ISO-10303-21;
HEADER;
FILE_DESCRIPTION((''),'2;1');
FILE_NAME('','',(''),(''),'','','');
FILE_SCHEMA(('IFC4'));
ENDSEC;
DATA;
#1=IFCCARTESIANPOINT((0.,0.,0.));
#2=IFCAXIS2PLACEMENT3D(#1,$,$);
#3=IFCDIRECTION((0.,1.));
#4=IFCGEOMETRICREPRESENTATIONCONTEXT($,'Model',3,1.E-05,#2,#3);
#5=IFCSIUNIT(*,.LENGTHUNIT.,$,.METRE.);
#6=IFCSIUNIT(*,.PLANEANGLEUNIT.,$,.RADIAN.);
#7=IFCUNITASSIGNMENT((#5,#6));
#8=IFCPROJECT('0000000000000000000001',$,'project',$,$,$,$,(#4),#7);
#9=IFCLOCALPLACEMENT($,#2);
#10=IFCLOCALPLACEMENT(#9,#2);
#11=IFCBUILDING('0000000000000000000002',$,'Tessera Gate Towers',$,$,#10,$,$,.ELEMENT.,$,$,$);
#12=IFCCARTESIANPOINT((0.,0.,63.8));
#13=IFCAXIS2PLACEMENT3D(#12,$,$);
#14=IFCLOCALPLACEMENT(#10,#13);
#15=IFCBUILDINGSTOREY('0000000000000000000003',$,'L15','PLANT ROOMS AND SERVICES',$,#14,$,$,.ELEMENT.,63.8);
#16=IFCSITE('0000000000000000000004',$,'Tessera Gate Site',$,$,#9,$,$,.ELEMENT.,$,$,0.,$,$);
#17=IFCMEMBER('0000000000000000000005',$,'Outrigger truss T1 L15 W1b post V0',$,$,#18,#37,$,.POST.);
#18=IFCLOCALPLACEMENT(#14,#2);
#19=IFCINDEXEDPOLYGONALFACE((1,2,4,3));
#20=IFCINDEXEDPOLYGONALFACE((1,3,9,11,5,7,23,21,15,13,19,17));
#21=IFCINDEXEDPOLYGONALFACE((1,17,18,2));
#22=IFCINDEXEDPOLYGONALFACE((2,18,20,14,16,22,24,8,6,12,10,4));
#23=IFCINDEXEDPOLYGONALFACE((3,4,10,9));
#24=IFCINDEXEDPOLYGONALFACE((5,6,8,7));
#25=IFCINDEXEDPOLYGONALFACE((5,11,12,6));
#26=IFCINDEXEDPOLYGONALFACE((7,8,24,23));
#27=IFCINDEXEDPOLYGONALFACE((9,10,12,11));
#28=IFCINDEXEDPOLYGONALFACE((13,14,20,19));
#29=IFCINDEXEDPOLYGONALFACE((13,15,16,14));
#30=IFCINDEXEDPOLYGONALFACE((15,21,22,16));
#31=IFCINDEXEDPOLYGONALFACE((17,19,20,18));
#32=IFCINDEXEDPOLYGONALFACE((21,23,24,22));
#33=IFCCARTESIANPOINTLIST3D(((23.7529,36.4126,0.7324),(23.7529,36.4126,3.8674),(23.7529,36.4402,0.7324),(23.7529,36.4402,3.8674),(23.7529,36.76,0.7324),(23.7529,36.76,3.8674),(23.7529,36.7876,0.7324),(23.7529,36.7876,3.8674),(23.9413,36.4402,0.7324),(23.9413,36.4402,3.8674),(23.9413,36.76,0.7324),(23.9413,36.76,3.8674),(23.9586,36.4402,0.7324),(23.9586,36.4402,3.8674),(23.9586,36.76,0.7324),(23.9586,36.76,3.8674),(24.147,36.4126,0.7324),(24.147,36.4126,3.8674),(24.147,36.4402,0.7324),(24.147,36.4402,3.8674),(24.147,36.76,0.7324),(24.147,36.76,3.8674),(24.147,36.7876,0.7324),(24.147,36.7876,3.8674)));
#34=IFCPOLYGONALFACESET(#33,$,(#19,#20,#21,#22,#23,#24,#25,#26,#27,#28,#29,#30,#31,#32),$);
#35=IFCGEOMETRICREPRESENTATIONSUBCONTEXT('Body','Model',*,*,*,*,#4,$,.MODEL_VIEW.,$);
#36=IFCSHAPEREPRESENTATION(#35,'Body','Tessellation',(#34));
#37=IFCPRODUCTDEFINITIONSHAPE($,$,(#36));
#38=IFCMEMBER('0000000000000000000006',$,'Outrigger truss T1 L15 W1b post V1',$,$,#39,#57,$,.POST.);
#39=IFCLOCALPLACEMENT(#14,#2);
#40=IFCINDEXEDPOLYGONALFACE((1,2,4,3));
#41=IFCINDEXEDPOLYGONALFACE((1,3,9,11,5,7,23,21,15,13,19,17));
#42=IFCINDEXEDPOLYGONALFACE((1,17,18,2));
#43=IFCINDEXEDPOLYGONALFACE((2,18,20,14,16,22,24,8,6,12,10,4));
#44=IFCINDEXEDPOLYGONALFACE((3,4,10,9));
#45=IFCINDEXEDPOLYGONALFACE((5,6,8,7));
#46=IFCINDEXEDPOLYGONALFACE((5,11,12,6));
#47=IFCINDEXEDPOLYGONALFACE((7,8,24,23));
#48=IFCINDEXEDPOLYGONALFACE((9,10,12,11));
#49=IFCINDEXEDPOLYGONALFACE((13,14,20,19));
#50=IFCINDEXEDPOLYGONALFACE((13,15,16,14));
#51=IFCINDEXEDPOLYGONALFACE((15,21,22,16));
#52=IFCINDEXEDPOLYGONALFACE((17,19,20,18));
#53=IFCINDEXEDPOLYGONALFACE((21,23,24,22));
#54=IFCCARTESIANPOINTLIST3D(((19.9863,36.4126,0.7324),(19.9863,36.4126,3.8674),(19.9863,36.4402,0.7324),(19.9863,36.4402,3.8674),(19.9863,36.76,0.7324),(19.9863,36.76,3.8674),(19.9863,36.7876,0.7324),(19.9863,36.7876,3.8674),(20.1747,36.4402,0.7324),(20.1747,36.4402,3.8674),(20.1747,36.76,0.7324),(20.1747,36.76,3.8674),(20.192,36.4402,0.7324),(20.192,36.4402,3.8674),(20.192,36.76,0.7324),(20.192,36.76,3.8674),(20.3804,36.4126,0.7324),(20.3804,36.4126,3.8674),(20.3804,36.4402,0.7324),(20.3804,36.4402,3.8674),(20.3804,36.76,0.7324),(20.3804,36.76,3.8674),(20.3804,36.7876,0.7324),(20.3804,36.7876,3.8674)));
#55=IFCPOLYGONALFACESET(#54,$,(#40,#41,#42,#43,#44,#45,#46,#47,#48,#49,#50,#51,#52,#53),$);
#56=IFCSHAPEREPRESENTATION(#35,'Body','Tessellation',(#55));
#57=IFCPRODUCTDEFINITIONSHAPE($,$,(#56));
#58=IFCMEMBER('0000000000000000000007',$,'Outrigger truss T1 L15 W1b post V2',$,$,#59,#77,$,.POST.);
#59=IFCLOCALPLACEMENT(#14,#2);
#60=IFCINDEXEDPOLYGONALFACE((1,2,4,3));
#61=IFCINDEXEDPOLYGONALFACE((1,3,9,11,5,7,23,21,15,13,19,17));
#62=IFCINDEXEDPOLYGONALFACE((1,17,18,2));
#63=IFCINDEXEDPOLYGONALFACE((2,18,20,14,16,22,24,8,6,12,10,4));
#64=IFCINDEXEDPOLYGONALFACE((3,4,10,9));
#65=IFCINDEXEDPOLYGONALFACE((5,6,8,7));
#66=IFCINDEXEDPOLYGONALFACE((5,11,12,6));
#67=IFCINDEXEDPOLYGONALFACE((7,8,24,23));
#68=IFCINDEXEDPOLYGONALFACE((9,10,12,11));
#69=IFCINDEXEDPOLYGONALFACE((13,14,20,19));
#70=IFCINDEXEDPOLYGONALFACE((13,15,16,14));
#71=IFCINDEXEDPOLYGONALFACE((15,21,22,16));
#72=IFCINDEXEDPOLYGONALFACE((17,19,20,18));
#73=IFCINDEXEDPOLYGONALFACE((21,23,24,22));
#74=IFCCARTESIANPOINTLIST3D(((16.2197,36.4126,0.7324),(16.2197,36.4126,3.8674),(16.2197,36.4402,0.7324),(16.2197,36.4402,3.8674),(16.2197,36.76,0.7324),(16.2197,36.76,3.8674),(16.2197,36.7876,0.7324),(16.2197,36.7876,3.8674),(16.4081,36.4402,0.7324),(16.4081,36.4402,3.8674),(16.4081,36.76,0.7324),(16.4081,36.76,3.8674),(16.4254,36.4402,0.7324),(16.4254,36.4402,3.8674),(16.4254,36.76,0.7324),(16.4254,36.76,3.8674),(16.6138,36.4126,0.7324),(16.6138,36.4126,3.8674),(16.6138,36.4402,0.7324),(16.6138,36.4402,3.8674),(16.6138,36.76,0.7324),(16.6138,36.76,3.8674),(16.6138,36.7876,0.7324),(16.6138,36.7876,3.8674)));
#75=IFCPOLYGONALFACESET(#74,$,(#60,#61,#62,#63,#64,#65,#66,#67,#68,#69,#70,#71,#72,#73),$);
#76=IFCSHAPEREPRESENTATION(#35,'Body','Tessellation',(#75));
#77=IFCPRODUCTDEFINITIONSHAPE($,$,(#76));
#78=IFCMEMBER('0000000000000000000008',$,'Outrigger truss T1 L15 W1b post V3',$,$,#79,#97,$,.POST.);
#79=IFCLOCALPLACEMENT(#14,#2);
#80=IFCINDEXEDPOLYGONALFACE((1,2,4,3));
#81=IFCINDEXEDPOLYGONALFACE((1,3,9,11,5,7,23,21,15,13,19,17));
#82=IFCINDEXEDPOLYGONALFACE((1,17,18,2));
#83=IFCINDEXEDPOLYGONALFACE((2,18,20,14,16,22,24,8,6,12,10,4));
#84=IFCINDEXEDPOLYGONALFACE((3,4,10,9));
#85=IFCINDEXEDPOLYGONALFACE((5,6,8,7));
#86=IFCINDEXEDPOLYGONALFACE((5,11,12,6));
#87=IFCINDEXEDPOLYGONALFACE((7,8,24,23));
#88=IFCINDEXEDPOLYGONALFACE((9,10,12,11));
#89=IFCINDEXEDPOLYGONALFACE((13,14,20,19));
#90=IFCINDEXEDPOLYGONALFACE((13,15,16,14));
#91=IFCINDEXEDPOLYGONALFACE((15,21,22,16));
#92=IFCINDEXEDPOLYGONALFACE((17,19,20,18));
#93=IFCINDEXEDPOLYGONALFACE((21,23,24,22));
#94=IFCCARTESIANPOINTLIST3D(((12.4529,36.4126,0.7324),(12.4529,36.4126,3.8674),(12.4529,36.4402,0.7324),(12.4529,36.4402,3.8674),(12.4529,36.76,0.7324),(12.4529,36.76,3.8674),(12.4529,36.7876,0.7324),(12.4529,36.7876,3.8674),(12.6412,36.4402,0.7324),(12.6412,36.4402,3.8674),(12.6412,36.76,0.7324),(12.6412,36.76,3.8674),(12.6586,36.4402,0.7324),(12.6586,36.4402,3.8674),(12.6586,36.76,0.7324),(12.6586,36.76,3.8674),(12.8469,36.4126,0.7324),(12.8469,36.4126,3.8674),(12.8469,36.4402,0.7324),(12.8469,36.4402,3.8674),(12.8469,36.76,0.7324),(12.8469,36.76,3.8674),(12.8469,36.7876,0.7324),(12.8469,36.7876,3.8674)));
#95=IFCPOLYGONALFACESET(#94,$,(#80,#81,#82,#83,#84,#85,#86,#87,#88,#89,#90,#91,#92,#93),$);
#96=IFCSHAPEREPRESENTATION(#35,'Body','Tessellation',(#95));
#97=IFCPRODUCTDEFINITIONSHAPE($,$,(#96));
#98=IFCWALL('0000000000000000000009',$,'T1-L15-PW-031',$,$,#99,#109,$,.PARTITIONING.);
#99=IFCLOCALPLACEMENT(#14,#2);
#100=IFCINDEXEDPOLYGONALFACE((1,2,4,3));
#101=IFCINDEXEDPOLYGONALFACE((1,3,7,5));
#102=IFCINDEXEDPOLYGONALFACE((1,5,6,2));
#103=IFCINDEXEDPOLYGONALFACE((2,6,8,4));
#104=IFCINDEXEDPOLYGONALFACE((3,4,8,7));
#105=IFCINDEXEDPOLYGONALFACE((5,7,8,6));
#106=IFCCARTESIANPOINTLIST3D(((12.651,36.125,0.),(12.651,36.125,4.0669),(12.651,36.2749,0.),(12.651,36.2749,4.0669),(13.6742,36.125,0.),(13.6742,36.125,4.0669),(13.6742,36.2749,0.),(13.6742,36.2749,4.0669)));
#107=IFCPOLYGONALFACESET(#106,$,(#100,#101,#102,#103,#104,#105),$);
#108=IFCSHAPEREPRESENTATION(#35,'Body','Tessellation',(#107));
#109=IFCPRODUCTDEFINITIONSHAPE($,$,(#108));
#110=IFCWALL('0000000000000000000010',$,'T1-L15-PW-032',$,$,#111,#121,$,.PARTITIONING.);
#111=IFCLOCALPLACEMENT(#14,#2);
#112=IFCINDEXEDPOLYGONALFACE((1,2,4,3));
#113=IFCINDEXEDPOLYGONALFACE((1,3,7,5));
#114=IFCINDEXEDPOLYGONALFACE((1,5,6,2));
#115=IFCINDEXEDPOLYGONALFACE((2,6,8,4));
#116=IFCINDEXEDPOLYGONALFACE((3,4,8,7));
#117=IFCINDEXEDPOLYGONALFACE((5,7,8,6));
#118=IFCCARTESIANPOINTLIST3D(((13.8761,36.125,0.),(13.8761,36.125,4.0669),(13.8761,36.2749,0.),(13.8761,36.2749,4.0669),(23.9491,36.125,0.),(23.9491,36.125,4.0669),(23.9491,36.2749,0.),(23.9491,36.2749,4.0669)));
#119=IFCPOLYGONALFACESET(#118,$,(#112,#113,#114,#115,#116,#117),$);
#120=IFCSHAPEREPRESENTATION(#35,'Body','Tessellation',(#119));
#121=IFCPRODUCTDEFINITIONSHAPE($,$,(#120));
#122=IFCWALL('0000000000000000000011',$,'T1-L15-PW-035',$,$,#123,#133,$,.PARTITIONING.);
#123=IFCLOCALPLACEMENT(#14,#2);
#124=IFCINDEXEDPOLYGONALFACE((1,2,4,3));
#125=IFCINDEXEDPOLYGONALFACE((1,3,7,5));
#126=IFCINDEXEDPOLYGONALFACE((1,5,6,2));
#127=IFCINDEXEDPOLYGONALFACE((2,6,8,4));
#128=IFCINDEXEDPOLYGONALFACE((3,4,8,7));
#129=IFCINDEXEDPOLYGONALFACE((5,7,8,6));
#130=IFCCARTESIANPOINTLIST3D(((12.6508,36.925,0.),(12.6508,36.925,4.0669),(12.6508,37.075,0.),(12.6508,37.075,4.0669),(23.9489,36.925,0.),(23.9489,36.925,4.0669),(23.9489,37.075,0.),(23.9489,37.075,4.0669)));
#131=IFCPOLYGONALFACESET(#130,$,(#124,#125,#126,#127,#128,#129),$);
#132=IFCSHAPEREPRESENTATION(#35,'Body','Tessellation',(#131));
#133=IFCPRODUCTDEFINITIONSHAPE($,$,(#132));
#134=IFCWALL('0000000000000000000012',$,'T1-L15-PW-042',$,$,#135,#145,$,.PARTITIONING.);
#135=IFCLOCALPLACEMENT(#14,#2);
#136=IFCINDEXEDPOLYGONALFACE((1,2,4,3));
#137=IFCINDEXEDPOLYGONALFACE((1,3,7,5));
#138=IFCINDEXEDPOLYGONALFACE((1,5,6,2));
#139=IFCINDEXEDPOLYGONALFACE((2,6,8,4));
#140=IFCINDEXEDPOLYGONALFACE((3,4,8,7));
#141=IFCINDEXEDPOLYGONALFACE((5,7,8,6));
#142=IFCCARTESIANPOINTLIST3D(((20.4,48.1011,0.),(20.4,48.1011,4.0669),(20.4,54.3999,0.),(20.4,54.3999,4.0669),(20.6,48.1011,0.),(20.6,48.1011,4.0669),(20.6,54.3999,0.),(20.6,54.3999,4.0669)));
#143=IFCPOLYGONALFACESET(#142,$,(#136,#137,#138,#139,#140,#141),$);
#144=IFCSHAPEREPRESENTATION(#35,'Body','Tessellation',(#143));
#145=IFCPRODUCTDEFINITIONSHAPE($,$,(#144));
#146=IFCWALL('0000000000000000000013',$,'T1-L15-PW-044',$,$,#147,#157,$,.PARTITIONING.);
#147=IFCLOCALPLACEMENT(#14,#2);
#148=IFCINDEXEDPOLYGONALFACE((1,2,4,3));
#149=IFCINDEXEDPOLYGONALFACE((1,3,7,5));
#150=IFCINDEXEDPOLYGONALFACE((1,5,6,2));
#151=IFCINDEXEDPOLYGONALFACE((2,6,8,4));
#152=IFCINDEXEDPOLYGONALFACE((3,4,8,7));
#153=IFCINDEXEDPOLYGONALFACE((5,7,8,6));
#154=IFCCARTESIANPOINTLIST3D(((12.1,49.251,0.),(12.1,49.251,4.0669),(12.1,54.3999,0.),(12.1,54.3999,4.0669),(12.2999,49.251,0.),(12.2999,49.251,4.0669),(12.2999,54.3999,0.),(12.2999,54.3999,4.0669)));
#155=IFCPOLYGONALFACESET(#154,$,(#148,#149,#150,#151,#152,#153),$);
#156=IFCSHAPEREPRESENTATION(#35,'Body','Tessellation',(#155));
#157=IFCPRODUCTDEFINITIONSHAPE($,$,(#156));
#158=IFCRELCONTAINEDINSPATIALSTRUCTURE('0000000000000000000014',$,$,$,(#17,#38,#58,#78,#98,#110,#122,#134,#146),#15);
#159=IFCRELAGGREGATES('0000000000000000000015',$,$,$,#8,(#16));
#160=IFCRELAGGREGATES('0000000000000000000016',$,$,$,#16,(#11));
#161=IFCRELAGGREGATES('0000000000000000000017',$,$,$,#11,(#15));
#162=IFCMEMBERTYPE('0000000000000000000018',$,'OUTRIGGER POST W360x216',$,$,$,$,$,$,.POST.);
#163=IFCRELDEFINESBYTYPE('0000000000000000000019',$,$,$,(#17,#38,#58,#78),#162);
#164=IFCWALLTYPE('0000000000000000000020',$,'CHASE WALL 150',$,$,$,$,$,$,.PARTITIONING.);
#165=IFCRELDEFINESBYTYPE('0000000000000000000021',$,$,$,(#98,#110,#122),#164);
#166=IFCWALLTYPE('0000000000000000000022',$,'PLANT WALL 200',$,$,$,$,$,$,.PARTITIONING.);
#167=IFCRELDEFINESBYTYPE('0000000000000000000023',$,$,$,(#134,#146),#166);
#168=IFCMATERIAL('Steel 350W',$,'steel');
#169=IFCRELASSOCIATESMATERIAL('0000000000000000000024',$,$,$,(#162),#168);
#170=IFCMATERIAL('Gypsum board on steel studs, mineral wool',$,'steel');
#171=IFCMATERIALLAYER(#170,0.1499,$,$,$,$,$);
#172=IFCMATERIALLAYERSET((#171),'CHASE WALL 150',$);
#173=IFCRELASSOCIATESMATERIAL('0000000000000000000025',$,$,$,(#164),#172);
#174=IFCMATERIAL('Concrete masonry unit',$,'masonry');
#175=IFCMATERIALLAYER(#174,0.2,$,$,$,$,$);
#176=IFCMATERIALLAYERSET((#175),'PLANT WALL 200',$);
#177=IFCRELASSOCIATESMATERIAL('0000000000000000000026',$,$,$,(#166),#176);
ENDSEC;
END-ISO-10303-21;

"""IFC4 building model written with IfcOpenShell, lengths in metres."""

from ifc_helpers import new_model, si_unit, direction, frame, frame_2d, origin, origin_2d, place, context, subcontext, project, spatial, rectangle, i_section, extrude, material, layer, layer_set, material_profile, profile_set, type_object, element, save


model = new_model("IFC4")

# Units and contexts
model_context = context("Model", 3, precision=1e-05, world=origin(), true_north=direction((0.0, 1.0)))
body_context = subcontext(model_context, "Body", "Model", "MODEL_VIEW")
ifc_project = project(units=[si_unit("LENGTHUNIT", "METRE"), si_unit("PLANEANGLEUNIT", "RADIAN")], contexts=[model_context])

# Site, building, storey
site_placement = place(None, origin())
site = spatial("IfcSite", under=ifc_project, at=site_placement, Name="Tessera Gate Site", CompositionType="ELEMENT", RefElevation=0.0)
building_placement = place(site_placement, origin())
building = spatial("IfcBuilding", under=site, at=building_placement, Name="Tessera Gate Towers", CompositionType="ELEMENT")
storey_placement = place(building_placement, frame((0.0, 0.0, 63.8)))
storey = spatial("IfcBuildingStorey", under=building, at=storey_placement, Name="L15", Description="PLANT ROOMS AND SERVICES", CompositionType="ELEMENT", Elevation=63.8)

# Members
ifc_material_1 = material(Name="Steel 350W", Category="steel")
ifc_material_profile_1 = material_profile(ifc_material_1, i_section(OverallWidth=0.394, OverallDepth=0.375, WebThickness=0.0173, FlangeThickness=0.0276, at=origin_2d()), Name="W360x216")
ifc_profile_set_1 = profile_set([ifc_material_profile_1], Name="Steel 350W")
member_type_1 = type_object("IfcMemberType", Name="OUTRIGGER POST W360x216", PredefinedType="POST", material=ifc_profile_set_1)
for number, where, z_axis, x_axis, name in (
    (1, (23.95, 36.6001, 0.7324), (0.0, 0.0, 1.0), (1.0, 0.0, 0.0), "Outrigger truss T1 L15 W1b post V0"),
    (2, (20.1833, 36.6001, 0.7324), (0.0, 0.0, 1.0), (1.0, 0.0, 0.0), "Outrigger truss T1 L15 W1b post V1"),
    (3, (16.4167, 36.6001, 0.7324), (0.0, 0.0, 1.0), (1.0, 0.0, 0.0), "Outrigger truss T1 L15 W1b post V2"),
    (4, (12.6499, 36.6001, 0.7324), (0.0, 0.0, 1.0), (1.0, 0.0, 0.0), "Outrigger truss T1 L15 W1b post V3"),
):
    element("IfcMember", number, at=place(storey_placement, frame(where, z_axis=z_axis, x_axis=x_axis)), inside=storey, type_object=member_type_1, Name=name, PredefinedType="POST", context=body_context, shape_type="SweptSolid", body=[
        extrude(i_section(OverallWidth=0.394, OverallDepth=0.375, WebThickness=0.0173, FlangeThickness=0.0276, at=origin_2d()), origin(), (0.0, 0.0, 1.0), 3.135),
    ])

# Walls
ifc_material_2 = material(Name="Gypsum board on steel studs, mineral wool", Category="steel")
ifc_layer_1 = layer(ifc_material_2, 0.1499)
ifc_layer_set_1 = layer_set([ifc_layer_1], Name="CHASE WALL 150")
wall_type_1 = type_object("IfcWallType", Name="CHASE WALL 150", PredefinedType="PARTITIONING", material=ifc_layer_set_1)
wall_1_placement = place(storey_placement, frame((12.6509, 36.2, 0.0), z_axis=(0.0, 0.0, 1.0), x_axis=(1.0, 0.0, 0.0)))
element("IfcWall", 5, at=wall_1_placement, inside=storey, type_object=wall_type_1, Name="T1-L15-PW-031", PredefinedType="PARTITIONING", context=body_context, shape_type="SweptSolid", body=[
    extrude(rectangle(XDim=1.0232, YDim=0.1499, at=frame_2d((0.5117, 0.0))), origin(), (0.0, 0.0, 1.0), 4.0669),
])
wall_2_placement = place(storey_placement, frame((13.876, 36.2, 0.0), z_axis=(0.0, 0.0, 1.0), x_axis=(1.0, 0.0, 0.0)))
element("IfcWall", 6, at=wall_2_placement, inside=storey, type_object=wall_type_1, Name="T1-L15-PW-032", PredefinedType="PARTITIONING", context=body_context, shape_type="SweptSolid", body=[
    extrude(rectangle(XDim=10.073, YDim=0.1499, at=frame_2d((5.0366, 0.0))), origin(), (0.0, 0.0, 1.0), 4.0669),
])
wall_3_placement = place(storey_placement, frame((12.6509, 37.0, 0.0), z_axis=(0.0, 0.0, 1.0), x_axis=(1.0, 0.0, 0.0)))
element("IfcWall", 7, at=wall_3_placement, inside=storey, type_object=wall_type_1, Name="T1-L15-PW-035", PredefinedType="PARTITIONING", context=body_context, shape_type="SweptSolid", body=[
    extrude(rectangle(XDim=11.2981, YDim=0.1499, at=frame_2d((5.6489, 0.0))), origin(), (0.0, 0.0, 1.0), 4.0669),
])
ifc_material_3 = material(Name="Concrete masonry unit", Category="masonry")
ifc_layer_2 = layer(ifc_material_3, 0.2)
ifc_layer_set_2 = layer_set([ifc_layer_2], Name="PLANT WALL 200")
wall_type_2 = type_object("IfcWallType", Name="PLANT WALL 200", PredefinedType="PARTITIONING", material=ifc_layer_set_2)
wall_4_placement = place(storey_placement, frame((20.5, 48.1011, 0.0), z_axis=(0.0, 0.0, 1.0), x_axis=(0.0, 1.0, 0.0)))
element("IfcWall", 8, at=wall_4_placement, inside=storey, type_object=wall_type_2, Name="T1-L15-PW-042", PredefinedType="PARTITIONING", context=body_context, shape_type="SweptSolid", body=[
    extrude(rectangle(XDim=6.2988, YDim=0.2, at=frame_2d((3.1494, 0.0))), origin(), (0.0, 0.0, 1.0), 4.0669),
])
wall_5_placement = place(storey_placement, frame((12.2, 49.251, 0.0), z_axis=(0.0, 0.0, 1.0), x_axis=(0.0, 1.0, 0.0)))
element("IfcWall", 9, at=wall_5_placement, inside=storey, type_object=wall_type_2, Name="T1-L15-PW-044", PredefinedType="PARTITIONING", context=body_context, shape_type="SweptSolid", body=[
    extrude(rectangle(XDim=5.1489, YDim=0.2, at=frame_2d((2.5745, 0.0))), origin(), (0.0, 0.0, 1.0), 4.0669),
])

save(model, "model.ifc")
